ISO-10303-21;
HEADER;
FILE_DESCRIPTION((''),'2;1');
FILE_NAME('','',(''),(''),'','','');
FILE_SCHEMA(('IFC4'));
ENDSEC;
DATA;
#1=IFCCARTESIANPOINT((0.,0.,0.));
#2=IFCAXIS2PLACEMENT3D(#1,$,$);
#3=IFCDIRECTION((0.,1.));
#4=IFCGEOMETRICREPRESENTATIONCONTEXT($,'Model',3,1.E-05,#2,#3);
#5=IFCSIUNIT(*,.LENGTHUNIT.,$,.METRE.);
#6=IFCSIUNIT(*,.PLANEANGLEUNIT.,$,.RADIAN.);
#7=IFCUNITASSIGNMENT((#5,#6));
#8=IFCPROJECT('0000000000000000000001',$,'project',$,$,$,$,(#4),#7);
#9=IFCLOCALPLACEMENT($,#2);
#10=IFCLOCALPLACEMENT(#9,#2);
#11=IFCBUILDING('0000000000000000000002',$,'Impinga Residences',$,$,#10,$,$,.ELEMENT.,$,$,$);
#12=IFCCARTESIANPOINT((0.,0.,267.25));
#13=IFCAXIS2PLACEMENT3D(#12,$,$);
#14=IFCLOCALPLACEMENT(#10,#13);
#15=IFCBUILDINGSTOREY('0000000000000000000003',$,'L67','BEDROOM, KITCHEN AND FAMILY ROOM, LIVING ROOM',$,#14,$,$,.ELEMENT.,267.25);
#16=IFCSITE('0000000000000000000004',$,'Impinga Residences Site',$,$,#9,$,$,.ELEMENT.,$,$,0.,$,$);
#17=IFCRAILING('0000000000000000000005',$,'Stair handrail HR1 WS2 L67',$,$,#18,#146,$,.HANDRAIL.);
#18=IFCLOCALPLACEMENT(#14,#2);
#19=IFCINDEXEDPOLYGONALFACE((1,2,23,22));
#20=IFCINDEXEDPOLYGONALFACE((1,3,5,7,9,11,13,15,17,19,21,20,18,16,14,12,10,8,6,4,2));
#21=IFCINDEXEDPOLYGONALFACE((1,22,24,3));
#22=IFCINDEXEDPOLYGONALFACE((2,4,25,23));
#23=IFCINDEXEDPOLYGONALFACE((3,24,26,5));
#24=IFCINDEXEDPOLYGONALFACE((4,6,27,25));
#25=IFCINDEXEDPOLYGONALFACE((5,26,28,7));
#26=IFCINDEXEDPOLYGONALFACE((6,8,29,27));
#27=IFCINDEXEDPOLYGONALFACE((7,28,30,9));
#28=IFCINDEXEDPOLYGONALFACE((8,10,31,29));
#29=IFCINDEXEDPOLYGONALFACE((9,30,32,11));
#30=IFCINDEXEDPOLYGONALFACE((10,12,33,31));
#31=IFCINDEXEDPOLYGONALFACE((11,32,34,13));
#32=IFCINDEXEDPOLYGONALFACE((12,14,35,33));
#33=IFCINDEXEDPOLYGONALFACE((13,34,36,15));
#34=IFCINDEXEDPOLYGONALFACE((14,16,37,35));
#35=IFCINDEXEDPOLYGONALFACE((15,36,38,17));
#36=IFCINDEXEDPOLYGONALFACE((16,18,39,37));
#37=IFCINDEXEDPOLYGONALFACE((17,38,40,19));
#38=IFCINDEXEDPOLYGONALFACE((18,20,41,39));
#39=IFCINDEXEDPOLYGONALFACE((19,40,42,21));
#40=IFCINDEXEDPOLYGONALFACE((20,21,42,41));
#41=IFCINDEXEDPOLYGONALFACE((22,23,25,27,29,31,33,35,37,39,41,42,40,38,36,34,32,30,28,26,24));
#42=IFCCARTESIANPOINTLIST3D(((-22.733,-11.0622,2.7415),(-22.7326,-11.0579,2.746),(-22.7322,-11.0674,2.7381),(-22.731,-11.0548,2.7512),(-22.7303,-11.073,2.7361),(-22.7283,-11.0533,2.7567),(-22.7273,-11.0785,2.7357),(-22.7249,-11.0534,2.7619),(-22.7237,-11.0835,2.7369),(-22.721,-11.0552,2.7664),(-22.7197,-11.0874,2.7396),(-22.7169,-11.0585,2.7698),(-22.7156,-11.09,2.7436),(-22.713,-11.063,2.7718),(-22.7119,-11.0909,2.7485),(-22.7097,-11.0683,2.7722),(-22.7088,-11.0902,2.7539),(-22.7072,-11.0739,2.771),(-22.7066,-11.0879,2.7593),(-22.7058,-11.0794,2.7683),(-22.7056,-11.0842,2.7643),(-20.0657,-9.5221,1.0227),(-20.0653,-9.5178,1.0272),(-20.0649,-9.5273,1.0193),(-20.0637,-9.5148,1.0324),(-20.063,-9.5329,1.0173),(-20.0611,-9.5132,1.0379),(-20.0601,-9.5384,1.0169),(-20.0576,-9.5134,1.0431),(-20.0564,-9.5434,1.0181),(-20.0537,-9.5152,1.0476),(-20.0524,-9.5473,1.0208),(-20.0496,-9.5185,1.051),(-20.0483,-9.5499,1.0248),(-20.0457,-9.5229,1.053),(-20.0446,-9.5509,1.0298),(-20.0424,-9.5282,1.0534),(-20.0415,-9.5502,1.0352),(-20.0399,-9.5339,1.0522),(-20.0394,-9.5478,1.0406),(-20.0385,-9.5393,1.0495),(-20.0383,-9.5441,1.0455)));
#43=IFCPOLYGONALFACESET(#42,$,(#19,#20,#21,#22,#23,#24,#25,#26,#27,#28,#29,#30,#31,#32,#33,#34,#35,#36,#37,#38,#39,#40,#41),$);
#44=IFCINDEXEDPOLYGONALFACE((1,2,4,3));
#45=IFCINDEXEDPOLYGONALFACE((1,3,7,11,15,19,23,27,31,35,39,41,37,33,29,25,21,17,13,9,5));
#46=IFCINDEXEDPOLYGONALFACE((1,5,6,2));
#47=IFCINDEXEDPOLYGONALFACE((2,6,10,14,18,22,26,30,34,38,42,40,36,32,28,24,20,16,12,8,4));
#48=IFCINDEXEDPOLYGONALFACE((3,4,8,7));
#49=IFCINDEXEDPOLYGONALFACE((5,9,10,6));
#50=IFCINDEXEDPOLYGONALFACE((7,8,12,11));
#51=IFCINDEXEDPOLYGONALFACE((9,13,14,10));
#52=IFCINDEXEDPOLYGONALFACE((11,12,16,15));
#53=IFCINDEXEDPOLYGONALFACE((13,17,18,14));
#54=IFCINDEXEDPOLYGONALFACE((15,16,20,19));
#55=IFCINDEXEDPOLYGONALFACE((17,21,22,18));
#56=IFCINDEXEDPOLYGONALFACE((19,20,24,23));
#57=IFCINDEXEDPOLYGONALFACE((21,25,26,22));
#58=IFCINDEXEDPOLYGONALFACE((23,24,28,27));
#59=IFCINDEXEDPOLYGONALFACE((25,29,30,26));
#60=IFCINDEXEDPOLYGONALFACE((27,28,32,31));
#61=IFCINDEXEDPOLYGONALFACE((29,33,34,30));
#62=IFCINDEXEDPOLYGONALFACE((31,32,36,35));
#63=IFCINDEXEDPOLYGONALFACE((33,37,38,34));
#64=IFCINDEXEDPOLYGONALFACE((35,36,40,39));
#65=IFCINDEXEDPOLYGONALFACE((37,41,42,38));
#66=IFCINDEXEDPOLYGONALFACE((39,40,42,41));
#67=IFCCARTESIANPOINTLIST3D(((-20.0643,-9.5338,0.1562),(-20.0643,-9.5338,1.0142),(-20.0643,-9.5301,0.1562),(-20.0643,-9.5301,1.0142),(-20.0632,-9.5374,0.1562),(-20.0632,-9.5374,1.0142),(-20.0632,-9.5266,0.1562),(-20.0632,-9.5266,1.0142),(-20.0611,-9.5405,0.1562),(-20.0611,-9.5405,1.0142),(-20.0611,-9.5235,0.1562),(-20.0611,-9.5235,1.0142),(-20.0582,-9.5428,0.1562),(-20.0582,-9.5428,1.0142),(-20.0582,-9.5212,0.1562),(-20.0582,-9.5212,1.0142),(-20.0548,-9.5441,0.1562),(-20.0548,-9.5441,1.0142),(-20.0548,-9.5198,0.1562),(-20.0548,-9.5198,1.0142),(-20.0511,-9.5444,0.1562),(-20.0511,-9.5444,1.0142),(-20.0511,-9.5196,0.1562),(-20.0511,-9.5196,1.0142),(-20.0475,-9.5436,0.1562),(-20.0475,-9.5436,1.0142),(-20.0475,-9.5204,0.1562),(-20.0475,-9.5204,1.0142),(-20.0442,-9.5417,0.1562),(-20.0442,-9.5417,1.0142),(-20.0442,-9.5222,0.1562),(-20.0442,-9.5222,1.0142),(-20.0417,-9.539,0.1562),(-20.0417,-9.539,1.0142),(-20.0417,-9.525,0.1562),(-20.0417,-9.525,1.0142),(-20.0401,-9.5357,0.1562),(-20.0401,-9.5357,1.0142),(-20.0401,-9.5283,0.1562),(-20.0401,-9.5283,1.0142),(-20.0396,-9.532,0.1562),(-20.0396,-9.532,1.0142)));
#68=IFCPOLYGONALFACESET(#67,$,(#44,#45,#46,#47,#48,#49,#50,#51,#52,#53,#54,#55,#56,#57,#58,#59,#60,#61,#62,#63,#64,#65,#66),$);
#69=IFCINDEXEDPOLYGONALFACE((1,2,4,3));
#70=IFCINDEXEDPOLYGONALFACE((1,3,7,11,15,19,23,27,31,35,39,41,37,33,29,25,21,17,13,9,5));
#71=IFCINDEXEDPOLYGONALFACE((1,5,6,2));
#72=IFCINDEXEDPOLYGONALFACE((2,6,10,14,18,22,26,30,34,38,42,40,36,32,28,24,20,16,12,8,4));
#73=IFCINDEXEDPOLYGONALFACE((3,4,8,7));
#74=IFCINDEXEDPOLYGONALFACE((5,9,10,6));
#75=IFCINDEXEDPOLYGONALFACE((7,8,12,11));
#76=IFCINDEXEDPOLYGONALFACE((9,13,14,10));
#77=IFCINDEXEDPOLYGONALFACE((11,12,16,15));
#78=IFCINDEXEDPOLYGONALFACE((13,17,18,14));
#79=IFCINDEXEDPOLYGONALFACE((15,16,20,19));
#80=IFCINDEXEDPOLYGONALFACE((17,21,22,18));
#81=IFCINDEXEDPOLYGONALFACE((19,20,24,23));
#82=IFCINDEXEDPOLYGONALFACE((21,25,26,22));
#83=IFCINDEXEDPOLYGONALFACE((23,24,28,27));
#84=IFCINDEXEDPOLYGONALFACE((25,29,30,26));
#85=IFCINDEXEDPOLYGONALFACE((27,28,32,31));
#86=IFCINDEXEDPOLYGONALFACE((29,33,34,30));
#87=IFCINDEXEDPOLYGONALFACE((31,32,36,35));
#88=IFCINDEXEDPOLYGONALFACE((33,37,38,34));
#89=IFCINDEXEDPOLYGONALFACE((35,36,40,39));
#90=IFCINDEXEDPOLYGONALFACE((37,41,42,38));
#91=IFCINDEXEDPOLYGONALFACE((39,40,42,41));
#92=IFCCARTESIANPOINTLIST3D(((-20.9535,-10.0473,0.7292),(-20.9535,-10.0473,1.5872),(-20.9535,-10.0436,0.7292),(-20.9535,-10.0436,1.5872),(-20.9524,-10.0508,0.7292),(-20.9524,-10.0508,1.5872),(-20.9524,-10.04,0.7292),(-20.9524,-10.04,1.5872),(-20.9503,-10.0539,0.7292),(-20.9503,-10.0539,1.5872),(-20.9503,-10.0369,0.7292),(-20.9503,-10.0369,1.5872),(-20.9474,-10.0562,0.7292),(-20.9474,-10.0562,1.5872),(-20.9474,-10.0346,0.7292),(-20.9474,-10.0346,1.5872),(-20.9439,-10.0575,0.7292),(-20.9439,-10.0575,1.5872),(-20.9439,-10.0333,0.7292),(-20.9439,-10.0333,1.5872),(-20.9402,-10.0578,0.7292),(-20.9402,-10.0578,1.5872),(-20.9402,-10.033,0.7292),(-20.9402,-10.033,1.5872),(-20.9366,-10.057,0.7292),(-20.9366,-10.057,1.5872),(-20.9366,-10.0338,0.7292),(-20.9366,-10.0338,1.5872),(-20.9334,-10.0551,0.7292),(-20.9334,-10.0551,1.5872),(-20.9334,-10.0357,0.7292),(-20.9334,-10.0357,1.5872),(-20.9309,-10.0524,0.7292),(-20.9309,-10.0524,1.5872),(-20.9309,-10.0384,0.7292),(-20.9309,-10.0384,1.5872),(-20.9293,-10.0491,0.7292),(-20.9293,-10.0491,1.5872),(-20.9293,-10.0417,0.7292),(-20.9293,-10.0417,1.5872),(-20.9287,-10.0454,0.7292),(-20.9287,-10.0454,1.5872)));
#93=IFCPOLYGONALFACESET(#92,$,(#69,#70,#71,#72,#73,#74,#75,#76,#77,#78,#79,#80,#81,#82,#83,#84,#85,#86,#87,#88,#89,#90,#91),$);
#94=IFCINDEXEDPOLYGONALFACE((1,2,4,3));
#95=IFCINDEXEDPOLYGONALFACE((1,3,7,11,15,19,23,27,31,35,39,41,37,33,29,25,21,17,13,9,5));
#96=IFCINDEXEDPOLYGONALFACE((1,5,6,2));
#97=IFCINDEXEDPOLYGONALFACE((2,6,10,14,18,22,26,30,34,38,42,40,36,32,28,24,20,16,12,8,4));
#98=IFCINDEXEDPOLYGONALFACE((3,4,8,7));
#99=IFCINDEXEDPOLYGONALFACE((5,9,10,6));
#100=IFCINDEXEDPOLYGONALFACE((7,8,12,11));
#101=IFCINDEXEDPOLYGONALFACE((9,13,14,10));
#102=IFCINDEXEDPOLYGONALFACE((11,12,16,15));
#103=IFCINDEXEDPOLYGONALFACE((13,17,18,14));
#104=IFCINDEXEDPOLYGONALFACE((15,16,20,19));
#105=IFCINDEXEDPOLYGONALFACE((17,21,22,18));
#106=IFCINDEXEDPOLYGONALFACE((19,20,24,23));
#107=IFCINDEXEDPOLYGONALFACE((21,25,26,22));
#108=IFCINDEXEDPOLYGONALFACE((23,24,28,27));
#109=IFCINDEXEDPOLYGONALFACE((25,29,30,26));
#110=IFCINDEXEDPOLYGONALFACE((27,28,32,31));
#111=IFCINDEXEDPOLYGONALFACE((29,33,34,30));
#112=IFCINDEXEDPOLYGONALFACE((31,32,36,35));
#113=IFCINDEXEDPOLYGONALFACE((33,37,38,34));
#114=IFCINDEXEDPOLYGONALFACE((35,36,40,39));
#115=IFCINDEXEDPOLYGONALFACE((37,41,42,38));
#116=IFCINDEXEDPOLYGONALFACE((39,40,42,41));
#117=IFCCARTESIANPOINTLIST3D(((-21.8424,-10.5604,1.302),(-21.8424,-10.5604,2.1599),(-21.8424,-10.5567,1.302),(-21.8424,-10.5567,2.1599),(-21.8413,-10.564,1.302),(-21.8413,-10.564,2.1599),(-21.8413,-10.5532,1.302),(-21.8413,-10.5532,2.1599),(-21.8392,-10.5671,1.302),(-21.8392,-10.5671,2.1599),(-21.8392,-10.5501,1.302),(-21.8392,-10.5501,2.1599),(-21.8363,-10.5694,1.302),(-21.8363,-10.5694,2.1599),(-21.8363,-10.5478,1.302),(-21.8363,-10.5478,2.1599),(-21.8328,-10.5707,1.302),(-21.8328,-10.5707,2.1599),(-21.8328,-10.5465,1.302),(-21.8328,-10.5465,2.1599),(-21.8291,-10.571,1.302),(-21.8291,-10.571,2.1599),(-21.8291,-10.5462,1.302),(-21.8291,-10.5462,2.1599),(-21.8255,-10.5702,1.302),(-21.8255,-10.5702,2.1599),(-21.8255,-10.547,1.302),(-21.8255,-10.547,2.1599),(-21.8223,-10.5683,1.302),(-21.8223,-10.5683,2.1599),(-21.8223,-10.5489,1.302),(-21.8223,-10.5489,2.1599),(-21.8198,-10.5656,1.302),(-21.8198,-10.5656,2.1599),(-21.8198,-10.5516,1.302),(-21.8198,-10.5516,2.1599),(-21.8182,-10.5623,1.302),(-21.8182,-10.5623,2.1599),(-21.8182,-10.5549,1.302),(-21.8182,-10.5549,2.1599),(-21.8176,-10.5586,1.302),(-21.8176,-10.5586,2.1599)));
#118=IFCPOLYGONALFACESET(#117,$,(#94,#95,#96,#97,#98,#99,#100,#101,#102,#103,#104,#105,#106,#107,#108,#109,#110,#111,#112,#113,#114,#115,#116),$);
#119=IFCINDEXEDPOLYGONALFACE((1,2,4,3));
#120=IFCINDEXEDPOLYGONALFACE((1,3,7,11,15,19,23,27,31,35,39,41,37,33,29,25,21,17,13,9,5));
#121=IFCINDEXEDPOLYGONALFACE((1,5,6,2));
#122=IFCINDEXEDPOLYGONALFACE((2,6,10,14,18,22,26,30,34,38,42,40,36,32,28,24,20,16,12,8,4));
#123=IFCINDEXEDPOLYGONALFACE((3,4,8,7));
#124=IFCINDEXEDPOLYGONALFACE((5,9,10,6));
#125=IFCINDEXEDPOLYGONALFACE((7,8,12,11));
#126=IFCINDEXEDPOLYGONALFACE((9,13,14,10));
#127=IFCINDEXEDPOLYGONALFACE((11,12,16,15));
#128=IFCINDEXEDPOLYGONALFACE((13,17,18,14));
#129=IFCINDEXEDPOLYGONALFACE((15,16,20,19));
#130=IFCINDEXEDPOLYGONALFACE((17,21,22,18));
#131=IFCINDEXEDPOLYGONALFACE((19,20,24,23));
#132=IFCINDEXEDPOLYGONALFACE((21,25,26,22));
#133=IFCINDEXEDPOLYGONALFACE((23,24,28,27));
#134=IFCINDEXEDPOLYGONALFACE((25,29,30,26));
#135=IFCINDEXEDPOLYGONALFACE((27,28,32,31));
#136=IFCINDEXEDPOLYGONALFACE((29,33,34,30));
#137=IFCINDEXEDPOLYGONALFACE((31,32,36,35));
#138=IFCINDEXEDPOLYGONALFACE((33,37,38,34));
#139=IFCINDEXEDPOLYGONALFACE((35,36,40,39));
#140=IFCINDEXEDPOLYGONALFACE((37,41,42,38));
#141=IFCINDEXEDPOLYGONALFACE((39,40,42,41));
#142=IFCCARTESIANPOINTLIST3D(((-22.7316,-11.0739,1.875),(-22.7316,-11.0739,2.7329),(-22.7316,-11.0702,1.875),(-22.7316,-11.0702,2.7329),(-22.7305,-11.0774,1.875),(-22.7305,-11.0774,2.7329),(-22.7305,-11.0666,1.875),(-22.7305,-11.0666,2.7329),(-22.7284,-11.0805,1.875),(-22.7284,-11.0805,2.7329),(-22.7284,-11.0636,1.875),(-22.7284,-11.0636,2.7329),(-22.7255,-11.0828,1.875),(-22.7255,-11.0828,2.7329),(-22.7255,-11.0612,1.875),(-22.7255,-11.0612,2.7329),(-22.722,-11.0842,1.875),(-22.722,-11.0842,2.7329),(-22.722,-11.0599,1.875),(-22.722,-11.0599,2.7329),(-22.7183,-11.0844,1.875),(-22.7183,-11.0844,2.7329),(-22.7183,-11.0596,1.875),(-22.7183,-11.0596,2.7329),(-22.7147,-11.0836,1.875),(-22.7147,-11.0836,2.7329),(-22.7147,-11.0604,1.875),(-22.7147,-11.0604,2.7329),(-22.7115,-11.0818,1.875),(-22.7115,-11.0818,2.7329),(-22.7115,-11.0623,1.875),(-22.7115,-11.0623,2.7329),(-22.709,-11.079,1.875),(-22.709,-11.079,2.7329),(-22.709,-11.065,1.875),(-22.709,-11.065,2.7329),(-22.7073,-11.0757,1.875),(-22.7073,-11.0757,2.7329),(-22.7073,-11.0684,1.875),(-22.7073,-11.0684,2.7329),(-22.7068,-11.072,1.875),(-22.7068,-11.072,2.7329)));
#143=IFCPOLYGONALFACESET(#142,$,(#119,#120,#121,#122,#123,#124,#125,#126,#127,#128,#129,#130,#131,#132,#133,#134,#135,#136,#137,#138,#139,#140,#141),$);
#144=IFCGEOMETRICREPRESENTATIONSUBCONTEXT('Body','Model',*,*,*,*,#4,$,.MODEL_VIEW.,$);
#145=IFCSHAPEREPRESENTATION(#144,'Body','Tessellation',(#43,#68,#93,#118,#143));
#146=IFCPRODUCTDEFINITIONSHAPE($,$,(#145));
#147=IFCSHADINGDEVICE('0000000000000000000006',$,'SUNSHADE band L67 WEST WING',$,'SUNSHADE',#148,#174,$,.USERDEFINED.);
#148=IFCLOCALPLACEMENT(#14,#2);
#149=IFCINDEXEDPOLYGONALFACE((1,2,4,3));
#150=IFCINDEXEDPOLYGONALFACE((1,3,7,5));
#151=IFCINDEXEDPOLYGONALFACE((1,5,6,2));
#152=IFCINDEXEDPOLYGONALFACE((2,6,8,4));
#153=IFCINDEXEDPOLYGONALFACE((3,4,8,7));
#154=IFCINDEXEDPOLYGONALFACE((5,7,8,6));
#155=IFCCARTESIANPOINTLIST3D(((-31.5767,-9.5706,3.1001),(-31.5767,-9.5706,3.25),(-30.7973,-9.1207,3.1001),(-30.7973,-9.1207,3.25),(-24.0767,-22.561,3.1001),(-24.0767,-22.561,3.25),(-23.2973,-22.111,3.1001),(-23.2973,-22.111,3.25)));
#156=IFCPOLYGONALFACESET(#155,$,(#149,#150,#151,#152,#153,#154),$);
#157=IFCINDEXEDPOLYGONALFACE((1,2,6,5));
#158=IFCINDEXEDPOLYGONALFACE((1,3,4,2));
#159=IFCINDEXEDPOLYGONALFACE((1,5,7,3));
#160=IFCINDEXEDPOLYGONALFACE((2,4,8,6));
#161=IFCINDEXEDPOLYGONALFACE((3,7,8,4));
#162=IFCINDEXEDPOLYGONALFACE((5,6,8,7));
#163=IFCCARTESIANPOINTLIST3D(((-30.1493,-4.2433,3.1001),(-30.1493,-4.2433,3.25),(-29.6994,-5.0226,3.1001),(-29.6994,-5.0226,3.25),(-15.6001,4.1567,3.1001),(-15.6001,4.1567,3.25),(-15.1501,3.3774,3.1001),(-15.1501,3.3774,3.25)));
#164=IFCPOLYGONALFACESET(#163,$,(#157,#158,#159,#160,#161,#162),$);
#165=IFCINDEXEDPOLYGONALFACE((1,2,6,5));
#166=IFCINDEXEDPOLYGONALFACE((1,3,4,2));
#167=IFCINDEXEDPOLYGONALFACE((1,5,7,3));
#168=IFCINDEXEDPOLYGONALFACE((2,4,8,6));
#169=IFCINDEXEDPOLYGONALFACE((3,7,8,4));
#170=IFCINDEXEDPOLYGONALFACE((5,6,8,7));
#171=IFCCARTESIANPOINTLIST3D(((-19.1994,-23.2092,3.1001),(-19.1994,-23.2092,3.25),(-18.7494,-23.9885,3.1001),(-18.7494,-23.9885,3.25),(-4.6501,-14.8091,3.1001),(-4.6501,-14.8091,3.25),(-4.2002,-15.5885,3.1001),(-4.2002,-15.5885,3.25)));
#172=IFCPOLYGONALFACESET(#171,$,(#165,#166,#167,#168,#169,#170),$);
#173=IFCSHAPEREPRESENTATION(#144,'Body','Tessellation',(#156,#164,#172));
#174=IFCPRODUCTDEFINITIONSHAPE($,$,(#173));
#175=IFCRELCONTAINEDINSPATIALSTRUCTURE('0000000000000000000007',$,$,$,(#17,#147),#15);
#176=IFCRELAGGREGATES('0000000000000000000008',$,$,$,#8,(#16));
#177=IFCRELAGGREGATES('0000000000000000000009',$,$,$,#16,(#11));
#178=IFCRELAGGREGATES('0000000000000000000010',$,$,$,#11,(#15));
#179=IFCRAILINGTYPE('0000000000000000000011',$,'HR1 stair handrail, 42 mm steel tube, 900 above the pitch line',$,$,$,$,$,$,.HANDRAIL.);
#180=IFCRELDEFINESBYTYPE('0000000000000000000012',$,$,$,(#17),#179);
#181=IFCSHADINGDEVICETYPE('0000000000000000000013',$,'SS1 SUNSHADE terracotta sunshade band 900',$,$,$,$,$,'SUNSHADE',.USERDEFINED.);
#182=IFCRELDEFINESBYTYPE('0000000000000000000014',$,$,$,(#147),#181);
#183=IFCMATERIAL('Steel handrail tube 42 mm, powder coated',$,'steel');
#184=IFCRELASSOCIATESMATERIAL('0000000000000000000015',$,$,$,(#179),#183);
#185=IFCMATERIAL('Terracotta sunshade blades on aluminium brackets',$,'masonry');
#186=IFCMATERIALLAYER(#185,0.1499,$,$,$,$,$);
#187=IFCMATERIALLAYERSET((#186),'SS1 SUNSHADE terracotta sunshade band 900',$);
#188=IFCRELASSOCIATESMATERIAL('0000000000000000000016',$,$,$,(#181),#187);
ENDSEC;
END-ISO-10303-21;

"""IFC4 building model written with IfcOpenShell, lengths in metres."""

from ifc_helpers import new_model, si_unit, direction, frame, origin, origin_2d, place, context, subcontext, project, spatial, rectangle, circle, extrude, material, layer, layer_set, type_object, element, save


model = new_model("IFC4")

# Units and contexts
model_context = context("Model", 3, precision=1e-05, world=origin(), true_north=direction((0.0, 1.0)))
body_context = subcontext(model_context, "Body", "Model", "MODEL_VIEW")
ifc_project = project(units=[si_unit("LENGTHUNIT", "METRE"), si_unit("PLANEANGLEUNIT", "RADIAN")], contexts=[model_context])

# Site, building, storey
site_placement = place(None, origin())
site = spatial("IfcSite", under=ifc_project, at=site_placement, Name="Impinga Residences Site", CompositionType="ELEMENT", RefElevation=0.0)
building_placement = place(site_placement, origin())
building = spatial("IfcBuilding", under=site, at=building_placement, Name="Impinga Residences", CompositionType="ELEMENT")
storey_placement = place(building_placement, frame((0.0, 0.0, 267.25)))
storey = spatial("IfcBuildingStorey", under=building, at=storey_placement, Name="L67", Description="BEDROOM, KITCHEN AND FAMILY ROOM, LIVING ROOM", CompositionType="ELEMENT", Elevation=267.25)

# Railing
ifc_material_1 = material(Name="Steel handrail tube 42 mm, powder coated", Category="steel")
railing_type_1 = type_object("IfcRailingType", Name="HR1 stair handrail, 42 mm steel tube, 900 above the pitch line", PredefinedType="HANDRAIL", material=ifc_material_1)
railing_1_placement = place(storey_placement, frame((-20.052, -9.532, 0.1562)))
element("IfcRailing", 1, at=railing_1_placement, inside=storey, type_object=railing_type_1, Name="Stair handrail HR1 WS2 L67", PredefinedType="HANDRAIL", context=body_context, shape_type="SweptSolid", body=[
    extrude(circle(Radius=0.021, at=origin_2d()), frame((0.0, 0.0, 0.8789), z_axis=(-0.756226, -0.436639, 0.487307), x_axis=(0.500027, -0.86601, 0.0)), (0.0, 0.0, 1.0), 3.5271),
    extrude(circle(Radius=0.0125, at=origin_2d()), origin(), (0.0, 0.0, 1.0), 0.8579),
    extrude(circle(Radius=0.0125, at=origin_2d()), frame((-0.8892, -0.5134, 0.573)), (0.0, 0.0, 1.0), 0.8579),
    extrude(circle(Radius=0.0125, at=origin_2d()), frame((-1.7781, -1.0266, 1.1458)), (0.0, 0.0, 1.0), 0.8579),
    extrude(circle(Radius=0.0125, at=origin_2d()), frame((-2.6672, -1.54, 1.7188)), (0.0, 0.0, 1.0), 0.8579),
])

# Shading device
ifc_material_2 = material(Name="Terracotta sunshade blades on aluminium brackets", Category="masonry")
ifc_layer_1 = layer(ifc_material_2, 0.1499)
ifc_layer_set_1 = layer_set([ifc_layer_1], Name="SS1 SUNSHADE terracotta sunshade band 900")
shading_device_type = type_object("IfcShadingDeviceType", Name="SS1 SUNSHADE terracotta sunshade band 900", ElementType="SUNSHADE", PredefinedType="USERDEFINED", material=ifc_layer_set_1)
shading_device_placement = place(storey_placement, frame((-27.437, -15.8408, 3.1001), z_axis=(0.0, 0.0, 1.0), x_axis=(-0.5, 0.866025, 0.0)))
element("IfcShadingDevice", 2, at=shading_device_placement, inside=storey, type_object=shading_device_type, Name="SUNSHADE band L67 WEST WING", ObjectType="SUNSHADE", PredefinedType="USERDEFINED", context=body_context, shape_type="SweptSolid", body=[
    extrude(rectangle(XDim=15.0, YDim=0.8999, at=origin_2d()), origin(), (0.0, 0.0, 1.0), 0.1499),
    extrude(rectangle(XDim=16.8, YDim=0.8999, at=origin_2d()), frame((10.95, -11.8499, 0.0), z_axis=(0.0, 0.0, 1.0), x_axis=(0.0, -1.0, 0.0)), (0.0, 0.0, 1.0), 0.1499),
    extrude(rectangle(XDim=16.8, YDim=0.8999, at=origin_2d()), frame((-10.95, -11.8499, 0.0), z_axis=(0.0, 0.0, 1.0), x_axis=(0.0, 1.0, 0.0)), (0.0, 0.0, 1.0), 0.1499),
])

save(model, "model.ifc")
